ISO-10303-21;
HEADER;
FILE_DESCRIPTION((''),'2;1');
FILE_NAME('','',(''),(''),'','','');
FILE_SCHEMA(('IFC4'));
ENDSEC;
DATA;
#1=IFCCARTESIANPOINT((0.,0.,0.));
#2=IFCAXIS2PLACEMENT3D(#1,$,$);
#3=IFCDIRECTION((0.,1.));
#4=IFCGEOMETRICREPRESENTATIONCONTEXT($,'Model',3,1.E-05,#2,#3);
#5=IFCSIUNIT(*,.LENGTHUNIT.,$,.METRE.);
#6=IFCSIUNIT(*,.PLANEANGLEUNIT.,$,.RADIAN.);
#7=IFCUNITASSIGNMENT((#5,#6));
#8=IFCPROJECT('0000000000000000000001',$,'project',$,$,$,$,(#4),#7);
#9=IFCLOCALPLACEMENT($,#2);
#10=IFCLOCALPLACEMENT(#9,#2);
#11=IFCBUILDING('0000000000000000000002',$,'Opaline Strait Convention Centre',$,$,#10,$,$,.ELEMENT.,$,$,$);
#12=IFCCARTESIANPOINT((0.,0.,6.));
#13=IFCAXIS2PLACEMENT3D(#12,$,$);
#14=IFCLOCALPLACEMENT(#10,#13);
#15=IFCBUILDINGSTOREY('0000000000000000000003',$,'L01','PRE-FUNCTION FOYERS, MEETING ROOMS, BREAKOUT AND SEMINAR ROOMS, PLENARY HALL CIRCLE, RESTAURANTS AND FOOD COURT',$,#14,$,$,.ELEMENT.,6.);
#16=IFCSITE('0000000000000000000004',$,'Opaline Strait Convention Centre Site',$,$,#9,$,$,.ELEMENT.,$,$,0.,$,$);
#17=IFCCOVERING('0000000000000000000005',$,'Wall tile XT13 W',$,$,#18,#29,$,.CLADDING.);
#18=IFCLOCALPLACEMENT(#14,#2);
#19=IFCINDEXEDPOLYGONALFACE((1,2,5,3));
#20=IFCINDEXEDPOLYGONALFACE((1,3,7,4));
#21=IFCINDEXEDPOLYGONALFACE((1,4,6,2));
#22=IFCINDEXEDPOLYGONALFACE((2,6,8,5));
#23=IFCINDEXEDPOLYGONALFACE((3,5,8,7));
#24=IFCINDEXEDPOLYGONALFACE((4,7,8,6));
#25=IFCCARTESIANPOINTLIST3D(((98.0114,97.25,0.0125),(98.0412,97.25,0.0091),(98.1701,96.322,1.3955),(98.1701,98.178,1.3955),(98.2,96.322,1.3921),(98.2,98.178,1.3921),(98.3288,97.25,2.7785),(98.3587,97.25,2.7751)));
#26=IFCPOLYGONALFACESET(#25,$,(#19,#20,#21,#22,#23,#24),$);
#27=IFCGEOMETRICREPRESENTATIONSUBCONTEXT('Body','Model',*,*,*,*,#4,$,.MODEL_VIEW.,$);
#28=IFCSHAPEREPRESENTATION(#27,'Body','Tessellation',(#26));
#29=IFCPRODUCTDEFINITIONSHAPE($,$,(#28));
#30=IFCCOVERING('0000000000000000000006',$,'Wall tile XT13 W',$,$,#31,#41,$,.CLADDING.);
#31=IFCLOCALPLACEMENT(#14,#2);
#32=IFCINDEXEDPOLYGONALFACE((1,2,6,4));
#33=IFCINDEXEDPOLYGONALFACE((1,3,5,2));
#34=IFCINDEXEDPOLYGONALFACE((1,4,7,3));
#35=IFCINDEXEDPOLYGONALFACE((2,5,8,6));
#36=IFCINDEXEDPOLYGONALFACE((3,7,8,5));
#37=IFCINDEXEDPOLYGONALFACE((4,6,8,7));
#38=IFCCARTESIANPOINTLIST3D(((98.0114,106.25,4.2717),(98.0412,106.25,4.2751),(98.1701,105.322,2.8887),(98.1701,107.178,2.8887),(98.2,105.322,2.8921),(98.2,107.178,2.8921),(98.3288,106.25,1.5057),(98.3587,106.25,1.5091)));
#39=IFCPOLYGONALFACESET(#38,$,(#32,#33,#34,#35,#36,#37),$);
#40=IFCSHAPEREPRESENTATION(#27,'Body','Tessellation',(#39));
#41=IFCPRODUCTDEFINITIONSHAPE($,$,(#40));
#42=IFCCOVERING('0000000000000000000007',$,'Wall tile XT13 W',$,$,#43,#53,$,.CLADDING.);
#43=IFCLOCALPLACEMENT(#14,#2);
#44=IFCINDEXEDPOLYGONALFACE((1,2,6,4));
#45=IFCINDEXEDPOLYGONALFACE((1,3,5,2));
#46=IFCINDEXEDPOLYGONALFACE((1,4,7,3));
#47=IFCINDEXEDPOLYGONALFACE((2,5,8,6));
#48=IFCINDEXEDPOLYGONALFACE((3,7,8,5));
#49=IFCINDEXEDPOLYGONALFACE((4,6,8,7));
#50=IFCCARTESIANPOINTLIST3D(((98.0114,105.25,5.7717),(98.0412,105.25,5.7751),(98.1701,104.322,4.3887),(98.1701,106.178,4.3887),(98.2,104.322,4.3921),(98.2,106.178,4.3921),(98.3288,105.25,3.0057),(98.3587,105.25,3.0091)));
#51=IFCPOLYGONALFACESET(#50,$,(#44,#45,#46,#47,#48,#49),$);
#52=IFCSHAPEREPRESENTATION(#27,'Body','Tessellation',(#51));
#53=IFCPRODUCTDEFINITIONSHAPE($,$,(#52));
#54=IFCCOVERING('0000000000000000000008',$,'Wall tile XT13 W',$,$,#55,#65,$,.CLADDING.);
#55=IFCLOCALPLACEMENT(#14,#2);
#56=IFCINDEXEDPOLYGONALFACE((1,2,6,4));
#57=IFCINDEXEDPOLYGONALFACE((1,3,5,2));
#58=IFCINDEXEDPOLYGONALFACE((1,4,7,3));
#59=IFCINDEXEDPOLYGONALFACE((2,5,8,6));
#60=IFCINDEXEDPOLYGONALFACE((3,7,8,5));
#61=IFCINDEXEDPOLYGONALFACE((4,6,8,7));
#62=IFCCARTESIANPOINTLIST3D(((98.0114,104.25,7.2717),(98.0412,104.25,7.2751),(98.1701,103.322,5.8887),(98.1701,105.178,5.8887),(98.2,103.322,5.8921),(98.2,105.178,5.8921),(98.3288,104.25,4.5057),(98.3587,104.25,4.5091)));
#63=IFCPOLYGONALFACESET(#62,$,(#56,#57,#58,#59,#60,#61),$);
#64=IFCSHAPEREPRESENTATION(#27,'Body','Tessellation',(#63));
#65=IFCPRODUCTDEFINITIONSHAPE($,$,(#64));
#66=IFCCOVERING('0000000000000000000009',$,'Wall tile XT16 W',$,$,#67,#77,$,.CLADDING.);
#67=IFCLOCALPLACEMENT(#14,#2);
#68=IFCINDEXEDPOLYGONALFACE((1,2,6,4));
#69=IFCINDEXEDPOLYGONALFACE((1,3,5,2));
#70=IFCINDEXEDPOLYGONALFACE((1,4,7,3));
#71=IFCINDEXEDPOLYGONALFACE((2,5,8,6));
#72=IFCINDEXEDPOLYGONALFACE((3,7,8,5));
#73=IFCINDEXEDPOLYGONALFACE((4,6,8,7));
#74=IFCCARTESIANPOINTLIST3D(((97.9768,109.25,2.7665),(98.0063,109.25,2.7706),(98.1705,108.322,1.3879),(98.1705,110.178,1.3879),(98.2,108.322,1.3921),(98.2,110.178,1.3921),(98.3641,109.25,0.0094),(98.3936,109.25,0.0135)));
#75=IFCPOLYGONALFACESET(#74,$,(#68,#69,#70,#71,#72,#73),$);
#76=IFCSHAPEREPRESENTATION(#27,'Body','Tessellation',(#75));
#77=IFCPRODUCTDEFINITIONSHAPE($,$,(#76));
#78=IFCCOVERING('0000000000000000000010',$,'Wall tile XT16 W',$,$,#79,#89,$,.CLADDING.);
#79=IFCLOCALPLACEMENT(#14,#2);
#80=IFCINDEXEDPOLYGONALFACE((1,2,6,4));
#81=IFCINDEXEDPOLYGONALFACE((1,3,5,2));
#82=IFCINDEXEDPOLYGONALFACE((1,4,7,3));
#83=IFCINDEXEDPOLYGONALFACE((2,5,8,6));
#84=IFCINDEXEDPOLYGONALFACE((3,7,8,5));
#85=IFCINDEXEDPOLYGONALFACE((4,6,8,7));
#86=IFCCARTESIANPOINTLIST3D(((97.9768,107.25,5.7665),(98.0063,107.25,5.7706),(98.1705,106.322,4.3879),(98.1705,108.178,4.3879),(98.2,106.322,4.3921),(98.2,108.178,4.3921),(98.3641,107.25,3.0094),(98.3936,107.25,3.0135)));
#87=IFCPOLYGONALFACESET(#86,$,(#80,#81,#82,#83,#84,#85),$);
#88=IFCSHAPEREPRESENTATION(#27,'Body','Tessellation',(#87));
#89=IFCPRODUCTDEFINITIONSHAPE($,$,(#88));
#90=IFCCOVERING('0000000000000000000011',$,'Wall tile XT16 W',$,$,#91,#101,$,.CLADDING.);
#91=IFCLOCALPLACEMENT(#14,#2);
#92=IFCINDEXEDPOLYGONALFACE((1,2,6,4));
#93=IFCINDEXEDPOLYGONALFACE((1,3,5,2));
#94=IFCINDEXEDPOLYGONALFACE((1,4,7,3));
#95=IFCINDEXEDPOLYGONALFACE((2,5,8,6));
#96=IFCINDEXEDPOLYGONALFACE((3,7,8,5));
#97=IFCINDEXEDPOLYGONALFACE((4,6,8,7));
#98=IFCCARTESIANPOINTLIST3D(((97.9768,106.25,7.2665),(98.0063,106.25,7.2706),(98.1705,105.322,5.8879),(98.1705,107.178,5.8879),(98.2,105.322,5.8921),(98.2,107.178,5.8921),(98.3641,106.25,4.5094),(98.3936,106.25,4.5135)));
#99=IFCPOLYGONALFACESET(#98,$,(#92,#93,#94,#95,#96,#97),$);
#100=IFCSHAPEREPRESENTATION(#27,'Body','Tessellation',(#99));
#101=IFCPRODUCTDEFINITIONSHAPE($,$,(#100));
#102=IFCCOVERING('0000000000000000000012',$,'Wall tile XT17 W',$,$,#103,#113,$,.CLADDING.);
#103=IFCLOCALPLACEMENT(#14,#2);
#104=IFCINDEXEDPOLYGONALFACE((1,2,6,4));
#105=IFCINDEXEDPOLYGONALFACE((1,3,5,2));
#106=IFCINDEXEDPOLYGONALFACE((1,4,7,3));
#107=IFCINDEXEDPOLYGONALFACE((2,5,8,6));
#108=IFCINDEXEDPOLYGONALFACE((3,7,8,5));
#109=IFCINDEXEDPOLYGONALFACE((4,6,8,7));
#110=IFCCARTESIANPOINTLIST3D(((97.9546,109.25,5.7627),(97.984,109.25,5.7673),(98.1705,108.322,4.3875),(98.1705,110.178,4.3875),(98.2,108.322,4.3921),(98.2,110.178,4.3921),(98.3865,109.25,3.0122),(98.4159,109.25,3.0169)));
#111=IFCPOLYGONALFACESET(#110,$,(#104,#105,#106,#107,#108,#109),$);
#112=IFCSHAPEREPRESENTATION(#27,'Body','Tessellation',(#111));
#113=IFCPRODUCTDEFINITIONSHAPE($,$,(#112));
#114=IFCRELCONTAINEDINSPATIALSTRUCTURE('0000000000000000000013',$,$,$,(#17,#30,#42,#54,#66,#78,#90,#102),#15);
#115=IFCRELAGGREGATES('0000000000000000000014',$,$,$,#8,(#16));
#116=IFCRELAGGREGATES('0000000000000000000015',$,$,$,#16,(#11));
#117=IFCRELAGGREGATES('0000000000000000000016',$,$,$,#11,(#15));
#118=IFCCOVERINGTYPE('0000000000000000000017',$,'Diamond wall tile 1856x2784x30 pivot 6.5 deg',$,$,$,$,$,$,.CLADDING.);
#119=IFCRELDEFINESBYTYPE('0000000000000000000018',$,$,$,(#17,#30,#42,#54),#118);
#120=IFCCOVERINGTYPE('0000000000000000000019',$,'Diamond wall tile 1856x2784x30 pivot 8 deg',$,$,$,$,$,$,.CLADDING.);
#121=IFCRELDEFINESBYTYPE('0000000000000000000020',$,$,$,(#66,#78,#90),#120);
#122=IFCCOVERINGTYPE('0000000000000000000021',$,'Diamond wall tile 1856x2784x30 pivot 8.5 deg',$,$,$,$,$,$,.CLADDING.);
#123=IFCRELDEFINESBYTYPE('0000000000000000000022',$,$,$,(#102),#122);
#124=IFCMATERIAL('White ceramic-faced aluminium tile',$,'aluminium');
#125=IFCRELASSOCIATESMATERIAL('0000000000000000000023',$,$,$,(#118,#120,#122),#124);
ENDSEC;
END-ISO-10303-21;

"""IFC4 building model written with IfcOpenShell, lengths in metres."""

from ifc_helpers import new_model, si_unit, direction, frame, origin, place, context, subcontext, project, spatial, polyline, outline, extrude, material, material_profile, profile_set, type_object, element, save


model = new_model("IFC4")

# Units and contexts
model_context = context("Model", 3, precision=1e-05, world=origin(), true_north=direction((0.0, 1.0)))
body_context = subcontext(model_context, "Body", "Model", "MODEL_VIEW")
ifc_project = project(units=[si_unit("LENGTHUNIT", "METRE"), si_unit("PLANEANGLEUNIT", "RADIAN")], contexts=[model_context])

# Site, building, storey
site_placement = place(None, origin())
site = spatial("IfcSite", under=ifc_project, at=site_placement, Name="Opaline Strait Convention Centre Site", CompositionType="ELEMENT", RefElevation=0.0)
building_placement = place(site_placement, origin())
building = spatial("IfcBuilding", under=site, at=building_placement, Name="Opaline Strait Convention Centre", CompositionType="ELEMENT")
storey_placement = place(building_placement, frame((0.0, 0.0, 6.0)))
storey = spatial("IfcBuildingStorey", under=building, at=storey_placement, Name="L01", Description="PRE-FUNCTION FOYERS, MEETING ROOMS, BREAKOUT AND SEMINAR ROOMS, PLENARY HALL CIRCLE, RESTAURANTS AND FOOD COURT", CompositionType="ELEMENT", Elevation=6.0)

# Coverings
ifc_material = material(Name="White ceramic-faced aluminium tile", Category="aluminium")
ifc_material_profile_1 = material_profile(ifc_material, outline(polyline([(0.928, 0.0), (0.0, 1.3921), (-0.928, 0.0), (0.0, -1.3921), (0.928, 0.0)])), Name="Diamond tile 1856x2784")
ifc_profile_set_1 = profile_set([ifc_material_profile_1], Name="White ceramic-faced aluminium tile")
covering_type_1 = type_object("IfcCoveringType", Name="Diamond wall tile 1856x2784x30 pivot 6.5 deg", PredefinedType="CLADDING", material=ifc_profile_set_1)
for number, where, z_axis, x_axis, name in (
    (1, (98.2, 97.25, 1.3921), (-0.99348, 0.0, 0.114006), (0.0, -1.0, 0.0), "Wall tile XT13 W"),
    (2, (98.2, 106.25, 2.8921), (-0.99348, 0.0, -0.114006), (0.0, -1.0, 0.0), "Wall tile XT13 W"),
    (3, (98.2, 105.25, 4.3921), (-0.99348, 0.0, -0.114006), (0.0, -1.0, 0.0), "Wall tile XT13 W"),
    (4, (98.2, 104.25, 5.8921), (-0.99348, 0.0, -0.114006), (0.0, -1.0, 0.0), "Wall tile XT13 W"),
):
    element("IfcCovering", number, at=place(storey_placement, frame(where, z_axis=z_axis, x_axis=x_axis)), inside=storey, type_object=covering_type_1, Name=name, PredefinedType="CLADDING", context=body_context, shape_type="SweptSolid", body=[
        extrude(outline(polyline([(0.928, 0.0), (0.0, 1.3921), (-0.928, 0.0), (0.0, -1.3921), (0.928, 0.0)])), origin(), (0.0, 0.0, 1.0), 0.03),
    ])
ifc_material_profile_2 = material_profile(ifc_material, outline(polyline([(0.928, 0.0), (0.0, 1.3921), (-0.928, 0.0), (0.0, -1.3921), (0.928, 0.0)])), Name="Diamond tile 1856x2784")
ifc_profile_set_2 = profile_set([ifc_material_profile_2], Name="White ceramic-faced aluminium tile")
covering_type_2 = type_object("IfcCoveringType", Name="Diamond wall tile 1856x2784x30 pivot 8 deg", PredefinedType="CLADDING", material=ifc_profile_set_2)
for number, where, z_axis, x_axis, name in (
    (5, (98.2, 109.25, 1.3921), (-0.990274, 0.0, -0.139129), (0.0, -1.0, 0.0), "Wall tile XT16 W"),
    (6, (98.2, 107.25, 4.3921), (-0.990274, 0.0, -0.139129), (0.0, -1.0, 0.0), "Wall tile XT16 W"),
    (7, (98.2, 106.25, 5.8921), (-0.990274, 0.0, -0.139129), (0.0, -1.0, 0.0), "Wall tile XT16 W"),
):
    element("IfcCovering", number, at=place(storey_placement, frame(where, z_axis=z_axis, x_axis=x_axis)), inside=storey, type_object=covering_type_2, Name=name, PredefinedType="CLADDING", context=body_context, shape_type="SweptSolid", body=[
        extrude(outline(polyline([(0.928, 0.0), (0.0, 1.3921), (-0.928, 0.0), (0.0, -1.3921), (0.928, 0.0)])), origin(), (0.0, 0.0, 1.0), 0.0298),
    ])
ifc_material_profile_3 = material_profile(ifc_material, outline(polyline([(0.928, 0.0), (0.0, 1.3921), (-0.928, 0.0), (0.0, -1.3921), (0.928, 0.0)])), Name="Diamond tile 1856x2784")
ifc_profile_set_3 = profile_set([ifc_material_profile_3], Name="White ceramic-faced aluminium tile")
covering_type_3 = type_object("IfcCoveringType", Name="Diamond wall tile 1856x2784x30 pivot 8.5 deg", PredefinedType="CLADDING", material=ifc_profile_set_3)
covering_placement = place(storey_placement, frame((98.2, 109.25, 4.3921), z_axis=(-0.987895, 0.0, -0.155124), x_axis=(0.0, -1.0, 0.0)))
element("IfcCovering", 8, at=covering_placement, inside=storey, type_object=covering_type_3, Name="Wall tile XT17 W", PredefinedType="CLADDING", context=body_context, shape_type="SweptSolid", body=[
    extrude(outline(polyline([(0.928, 0.0), (0.0, 1.3921), (-0.928, 0.0), (0.0, -1.3921), (0.928, 0.0)])), origin(), (0.0, 0.0, 1.0), 0.0298),
])

save(model, "model.ifc")
